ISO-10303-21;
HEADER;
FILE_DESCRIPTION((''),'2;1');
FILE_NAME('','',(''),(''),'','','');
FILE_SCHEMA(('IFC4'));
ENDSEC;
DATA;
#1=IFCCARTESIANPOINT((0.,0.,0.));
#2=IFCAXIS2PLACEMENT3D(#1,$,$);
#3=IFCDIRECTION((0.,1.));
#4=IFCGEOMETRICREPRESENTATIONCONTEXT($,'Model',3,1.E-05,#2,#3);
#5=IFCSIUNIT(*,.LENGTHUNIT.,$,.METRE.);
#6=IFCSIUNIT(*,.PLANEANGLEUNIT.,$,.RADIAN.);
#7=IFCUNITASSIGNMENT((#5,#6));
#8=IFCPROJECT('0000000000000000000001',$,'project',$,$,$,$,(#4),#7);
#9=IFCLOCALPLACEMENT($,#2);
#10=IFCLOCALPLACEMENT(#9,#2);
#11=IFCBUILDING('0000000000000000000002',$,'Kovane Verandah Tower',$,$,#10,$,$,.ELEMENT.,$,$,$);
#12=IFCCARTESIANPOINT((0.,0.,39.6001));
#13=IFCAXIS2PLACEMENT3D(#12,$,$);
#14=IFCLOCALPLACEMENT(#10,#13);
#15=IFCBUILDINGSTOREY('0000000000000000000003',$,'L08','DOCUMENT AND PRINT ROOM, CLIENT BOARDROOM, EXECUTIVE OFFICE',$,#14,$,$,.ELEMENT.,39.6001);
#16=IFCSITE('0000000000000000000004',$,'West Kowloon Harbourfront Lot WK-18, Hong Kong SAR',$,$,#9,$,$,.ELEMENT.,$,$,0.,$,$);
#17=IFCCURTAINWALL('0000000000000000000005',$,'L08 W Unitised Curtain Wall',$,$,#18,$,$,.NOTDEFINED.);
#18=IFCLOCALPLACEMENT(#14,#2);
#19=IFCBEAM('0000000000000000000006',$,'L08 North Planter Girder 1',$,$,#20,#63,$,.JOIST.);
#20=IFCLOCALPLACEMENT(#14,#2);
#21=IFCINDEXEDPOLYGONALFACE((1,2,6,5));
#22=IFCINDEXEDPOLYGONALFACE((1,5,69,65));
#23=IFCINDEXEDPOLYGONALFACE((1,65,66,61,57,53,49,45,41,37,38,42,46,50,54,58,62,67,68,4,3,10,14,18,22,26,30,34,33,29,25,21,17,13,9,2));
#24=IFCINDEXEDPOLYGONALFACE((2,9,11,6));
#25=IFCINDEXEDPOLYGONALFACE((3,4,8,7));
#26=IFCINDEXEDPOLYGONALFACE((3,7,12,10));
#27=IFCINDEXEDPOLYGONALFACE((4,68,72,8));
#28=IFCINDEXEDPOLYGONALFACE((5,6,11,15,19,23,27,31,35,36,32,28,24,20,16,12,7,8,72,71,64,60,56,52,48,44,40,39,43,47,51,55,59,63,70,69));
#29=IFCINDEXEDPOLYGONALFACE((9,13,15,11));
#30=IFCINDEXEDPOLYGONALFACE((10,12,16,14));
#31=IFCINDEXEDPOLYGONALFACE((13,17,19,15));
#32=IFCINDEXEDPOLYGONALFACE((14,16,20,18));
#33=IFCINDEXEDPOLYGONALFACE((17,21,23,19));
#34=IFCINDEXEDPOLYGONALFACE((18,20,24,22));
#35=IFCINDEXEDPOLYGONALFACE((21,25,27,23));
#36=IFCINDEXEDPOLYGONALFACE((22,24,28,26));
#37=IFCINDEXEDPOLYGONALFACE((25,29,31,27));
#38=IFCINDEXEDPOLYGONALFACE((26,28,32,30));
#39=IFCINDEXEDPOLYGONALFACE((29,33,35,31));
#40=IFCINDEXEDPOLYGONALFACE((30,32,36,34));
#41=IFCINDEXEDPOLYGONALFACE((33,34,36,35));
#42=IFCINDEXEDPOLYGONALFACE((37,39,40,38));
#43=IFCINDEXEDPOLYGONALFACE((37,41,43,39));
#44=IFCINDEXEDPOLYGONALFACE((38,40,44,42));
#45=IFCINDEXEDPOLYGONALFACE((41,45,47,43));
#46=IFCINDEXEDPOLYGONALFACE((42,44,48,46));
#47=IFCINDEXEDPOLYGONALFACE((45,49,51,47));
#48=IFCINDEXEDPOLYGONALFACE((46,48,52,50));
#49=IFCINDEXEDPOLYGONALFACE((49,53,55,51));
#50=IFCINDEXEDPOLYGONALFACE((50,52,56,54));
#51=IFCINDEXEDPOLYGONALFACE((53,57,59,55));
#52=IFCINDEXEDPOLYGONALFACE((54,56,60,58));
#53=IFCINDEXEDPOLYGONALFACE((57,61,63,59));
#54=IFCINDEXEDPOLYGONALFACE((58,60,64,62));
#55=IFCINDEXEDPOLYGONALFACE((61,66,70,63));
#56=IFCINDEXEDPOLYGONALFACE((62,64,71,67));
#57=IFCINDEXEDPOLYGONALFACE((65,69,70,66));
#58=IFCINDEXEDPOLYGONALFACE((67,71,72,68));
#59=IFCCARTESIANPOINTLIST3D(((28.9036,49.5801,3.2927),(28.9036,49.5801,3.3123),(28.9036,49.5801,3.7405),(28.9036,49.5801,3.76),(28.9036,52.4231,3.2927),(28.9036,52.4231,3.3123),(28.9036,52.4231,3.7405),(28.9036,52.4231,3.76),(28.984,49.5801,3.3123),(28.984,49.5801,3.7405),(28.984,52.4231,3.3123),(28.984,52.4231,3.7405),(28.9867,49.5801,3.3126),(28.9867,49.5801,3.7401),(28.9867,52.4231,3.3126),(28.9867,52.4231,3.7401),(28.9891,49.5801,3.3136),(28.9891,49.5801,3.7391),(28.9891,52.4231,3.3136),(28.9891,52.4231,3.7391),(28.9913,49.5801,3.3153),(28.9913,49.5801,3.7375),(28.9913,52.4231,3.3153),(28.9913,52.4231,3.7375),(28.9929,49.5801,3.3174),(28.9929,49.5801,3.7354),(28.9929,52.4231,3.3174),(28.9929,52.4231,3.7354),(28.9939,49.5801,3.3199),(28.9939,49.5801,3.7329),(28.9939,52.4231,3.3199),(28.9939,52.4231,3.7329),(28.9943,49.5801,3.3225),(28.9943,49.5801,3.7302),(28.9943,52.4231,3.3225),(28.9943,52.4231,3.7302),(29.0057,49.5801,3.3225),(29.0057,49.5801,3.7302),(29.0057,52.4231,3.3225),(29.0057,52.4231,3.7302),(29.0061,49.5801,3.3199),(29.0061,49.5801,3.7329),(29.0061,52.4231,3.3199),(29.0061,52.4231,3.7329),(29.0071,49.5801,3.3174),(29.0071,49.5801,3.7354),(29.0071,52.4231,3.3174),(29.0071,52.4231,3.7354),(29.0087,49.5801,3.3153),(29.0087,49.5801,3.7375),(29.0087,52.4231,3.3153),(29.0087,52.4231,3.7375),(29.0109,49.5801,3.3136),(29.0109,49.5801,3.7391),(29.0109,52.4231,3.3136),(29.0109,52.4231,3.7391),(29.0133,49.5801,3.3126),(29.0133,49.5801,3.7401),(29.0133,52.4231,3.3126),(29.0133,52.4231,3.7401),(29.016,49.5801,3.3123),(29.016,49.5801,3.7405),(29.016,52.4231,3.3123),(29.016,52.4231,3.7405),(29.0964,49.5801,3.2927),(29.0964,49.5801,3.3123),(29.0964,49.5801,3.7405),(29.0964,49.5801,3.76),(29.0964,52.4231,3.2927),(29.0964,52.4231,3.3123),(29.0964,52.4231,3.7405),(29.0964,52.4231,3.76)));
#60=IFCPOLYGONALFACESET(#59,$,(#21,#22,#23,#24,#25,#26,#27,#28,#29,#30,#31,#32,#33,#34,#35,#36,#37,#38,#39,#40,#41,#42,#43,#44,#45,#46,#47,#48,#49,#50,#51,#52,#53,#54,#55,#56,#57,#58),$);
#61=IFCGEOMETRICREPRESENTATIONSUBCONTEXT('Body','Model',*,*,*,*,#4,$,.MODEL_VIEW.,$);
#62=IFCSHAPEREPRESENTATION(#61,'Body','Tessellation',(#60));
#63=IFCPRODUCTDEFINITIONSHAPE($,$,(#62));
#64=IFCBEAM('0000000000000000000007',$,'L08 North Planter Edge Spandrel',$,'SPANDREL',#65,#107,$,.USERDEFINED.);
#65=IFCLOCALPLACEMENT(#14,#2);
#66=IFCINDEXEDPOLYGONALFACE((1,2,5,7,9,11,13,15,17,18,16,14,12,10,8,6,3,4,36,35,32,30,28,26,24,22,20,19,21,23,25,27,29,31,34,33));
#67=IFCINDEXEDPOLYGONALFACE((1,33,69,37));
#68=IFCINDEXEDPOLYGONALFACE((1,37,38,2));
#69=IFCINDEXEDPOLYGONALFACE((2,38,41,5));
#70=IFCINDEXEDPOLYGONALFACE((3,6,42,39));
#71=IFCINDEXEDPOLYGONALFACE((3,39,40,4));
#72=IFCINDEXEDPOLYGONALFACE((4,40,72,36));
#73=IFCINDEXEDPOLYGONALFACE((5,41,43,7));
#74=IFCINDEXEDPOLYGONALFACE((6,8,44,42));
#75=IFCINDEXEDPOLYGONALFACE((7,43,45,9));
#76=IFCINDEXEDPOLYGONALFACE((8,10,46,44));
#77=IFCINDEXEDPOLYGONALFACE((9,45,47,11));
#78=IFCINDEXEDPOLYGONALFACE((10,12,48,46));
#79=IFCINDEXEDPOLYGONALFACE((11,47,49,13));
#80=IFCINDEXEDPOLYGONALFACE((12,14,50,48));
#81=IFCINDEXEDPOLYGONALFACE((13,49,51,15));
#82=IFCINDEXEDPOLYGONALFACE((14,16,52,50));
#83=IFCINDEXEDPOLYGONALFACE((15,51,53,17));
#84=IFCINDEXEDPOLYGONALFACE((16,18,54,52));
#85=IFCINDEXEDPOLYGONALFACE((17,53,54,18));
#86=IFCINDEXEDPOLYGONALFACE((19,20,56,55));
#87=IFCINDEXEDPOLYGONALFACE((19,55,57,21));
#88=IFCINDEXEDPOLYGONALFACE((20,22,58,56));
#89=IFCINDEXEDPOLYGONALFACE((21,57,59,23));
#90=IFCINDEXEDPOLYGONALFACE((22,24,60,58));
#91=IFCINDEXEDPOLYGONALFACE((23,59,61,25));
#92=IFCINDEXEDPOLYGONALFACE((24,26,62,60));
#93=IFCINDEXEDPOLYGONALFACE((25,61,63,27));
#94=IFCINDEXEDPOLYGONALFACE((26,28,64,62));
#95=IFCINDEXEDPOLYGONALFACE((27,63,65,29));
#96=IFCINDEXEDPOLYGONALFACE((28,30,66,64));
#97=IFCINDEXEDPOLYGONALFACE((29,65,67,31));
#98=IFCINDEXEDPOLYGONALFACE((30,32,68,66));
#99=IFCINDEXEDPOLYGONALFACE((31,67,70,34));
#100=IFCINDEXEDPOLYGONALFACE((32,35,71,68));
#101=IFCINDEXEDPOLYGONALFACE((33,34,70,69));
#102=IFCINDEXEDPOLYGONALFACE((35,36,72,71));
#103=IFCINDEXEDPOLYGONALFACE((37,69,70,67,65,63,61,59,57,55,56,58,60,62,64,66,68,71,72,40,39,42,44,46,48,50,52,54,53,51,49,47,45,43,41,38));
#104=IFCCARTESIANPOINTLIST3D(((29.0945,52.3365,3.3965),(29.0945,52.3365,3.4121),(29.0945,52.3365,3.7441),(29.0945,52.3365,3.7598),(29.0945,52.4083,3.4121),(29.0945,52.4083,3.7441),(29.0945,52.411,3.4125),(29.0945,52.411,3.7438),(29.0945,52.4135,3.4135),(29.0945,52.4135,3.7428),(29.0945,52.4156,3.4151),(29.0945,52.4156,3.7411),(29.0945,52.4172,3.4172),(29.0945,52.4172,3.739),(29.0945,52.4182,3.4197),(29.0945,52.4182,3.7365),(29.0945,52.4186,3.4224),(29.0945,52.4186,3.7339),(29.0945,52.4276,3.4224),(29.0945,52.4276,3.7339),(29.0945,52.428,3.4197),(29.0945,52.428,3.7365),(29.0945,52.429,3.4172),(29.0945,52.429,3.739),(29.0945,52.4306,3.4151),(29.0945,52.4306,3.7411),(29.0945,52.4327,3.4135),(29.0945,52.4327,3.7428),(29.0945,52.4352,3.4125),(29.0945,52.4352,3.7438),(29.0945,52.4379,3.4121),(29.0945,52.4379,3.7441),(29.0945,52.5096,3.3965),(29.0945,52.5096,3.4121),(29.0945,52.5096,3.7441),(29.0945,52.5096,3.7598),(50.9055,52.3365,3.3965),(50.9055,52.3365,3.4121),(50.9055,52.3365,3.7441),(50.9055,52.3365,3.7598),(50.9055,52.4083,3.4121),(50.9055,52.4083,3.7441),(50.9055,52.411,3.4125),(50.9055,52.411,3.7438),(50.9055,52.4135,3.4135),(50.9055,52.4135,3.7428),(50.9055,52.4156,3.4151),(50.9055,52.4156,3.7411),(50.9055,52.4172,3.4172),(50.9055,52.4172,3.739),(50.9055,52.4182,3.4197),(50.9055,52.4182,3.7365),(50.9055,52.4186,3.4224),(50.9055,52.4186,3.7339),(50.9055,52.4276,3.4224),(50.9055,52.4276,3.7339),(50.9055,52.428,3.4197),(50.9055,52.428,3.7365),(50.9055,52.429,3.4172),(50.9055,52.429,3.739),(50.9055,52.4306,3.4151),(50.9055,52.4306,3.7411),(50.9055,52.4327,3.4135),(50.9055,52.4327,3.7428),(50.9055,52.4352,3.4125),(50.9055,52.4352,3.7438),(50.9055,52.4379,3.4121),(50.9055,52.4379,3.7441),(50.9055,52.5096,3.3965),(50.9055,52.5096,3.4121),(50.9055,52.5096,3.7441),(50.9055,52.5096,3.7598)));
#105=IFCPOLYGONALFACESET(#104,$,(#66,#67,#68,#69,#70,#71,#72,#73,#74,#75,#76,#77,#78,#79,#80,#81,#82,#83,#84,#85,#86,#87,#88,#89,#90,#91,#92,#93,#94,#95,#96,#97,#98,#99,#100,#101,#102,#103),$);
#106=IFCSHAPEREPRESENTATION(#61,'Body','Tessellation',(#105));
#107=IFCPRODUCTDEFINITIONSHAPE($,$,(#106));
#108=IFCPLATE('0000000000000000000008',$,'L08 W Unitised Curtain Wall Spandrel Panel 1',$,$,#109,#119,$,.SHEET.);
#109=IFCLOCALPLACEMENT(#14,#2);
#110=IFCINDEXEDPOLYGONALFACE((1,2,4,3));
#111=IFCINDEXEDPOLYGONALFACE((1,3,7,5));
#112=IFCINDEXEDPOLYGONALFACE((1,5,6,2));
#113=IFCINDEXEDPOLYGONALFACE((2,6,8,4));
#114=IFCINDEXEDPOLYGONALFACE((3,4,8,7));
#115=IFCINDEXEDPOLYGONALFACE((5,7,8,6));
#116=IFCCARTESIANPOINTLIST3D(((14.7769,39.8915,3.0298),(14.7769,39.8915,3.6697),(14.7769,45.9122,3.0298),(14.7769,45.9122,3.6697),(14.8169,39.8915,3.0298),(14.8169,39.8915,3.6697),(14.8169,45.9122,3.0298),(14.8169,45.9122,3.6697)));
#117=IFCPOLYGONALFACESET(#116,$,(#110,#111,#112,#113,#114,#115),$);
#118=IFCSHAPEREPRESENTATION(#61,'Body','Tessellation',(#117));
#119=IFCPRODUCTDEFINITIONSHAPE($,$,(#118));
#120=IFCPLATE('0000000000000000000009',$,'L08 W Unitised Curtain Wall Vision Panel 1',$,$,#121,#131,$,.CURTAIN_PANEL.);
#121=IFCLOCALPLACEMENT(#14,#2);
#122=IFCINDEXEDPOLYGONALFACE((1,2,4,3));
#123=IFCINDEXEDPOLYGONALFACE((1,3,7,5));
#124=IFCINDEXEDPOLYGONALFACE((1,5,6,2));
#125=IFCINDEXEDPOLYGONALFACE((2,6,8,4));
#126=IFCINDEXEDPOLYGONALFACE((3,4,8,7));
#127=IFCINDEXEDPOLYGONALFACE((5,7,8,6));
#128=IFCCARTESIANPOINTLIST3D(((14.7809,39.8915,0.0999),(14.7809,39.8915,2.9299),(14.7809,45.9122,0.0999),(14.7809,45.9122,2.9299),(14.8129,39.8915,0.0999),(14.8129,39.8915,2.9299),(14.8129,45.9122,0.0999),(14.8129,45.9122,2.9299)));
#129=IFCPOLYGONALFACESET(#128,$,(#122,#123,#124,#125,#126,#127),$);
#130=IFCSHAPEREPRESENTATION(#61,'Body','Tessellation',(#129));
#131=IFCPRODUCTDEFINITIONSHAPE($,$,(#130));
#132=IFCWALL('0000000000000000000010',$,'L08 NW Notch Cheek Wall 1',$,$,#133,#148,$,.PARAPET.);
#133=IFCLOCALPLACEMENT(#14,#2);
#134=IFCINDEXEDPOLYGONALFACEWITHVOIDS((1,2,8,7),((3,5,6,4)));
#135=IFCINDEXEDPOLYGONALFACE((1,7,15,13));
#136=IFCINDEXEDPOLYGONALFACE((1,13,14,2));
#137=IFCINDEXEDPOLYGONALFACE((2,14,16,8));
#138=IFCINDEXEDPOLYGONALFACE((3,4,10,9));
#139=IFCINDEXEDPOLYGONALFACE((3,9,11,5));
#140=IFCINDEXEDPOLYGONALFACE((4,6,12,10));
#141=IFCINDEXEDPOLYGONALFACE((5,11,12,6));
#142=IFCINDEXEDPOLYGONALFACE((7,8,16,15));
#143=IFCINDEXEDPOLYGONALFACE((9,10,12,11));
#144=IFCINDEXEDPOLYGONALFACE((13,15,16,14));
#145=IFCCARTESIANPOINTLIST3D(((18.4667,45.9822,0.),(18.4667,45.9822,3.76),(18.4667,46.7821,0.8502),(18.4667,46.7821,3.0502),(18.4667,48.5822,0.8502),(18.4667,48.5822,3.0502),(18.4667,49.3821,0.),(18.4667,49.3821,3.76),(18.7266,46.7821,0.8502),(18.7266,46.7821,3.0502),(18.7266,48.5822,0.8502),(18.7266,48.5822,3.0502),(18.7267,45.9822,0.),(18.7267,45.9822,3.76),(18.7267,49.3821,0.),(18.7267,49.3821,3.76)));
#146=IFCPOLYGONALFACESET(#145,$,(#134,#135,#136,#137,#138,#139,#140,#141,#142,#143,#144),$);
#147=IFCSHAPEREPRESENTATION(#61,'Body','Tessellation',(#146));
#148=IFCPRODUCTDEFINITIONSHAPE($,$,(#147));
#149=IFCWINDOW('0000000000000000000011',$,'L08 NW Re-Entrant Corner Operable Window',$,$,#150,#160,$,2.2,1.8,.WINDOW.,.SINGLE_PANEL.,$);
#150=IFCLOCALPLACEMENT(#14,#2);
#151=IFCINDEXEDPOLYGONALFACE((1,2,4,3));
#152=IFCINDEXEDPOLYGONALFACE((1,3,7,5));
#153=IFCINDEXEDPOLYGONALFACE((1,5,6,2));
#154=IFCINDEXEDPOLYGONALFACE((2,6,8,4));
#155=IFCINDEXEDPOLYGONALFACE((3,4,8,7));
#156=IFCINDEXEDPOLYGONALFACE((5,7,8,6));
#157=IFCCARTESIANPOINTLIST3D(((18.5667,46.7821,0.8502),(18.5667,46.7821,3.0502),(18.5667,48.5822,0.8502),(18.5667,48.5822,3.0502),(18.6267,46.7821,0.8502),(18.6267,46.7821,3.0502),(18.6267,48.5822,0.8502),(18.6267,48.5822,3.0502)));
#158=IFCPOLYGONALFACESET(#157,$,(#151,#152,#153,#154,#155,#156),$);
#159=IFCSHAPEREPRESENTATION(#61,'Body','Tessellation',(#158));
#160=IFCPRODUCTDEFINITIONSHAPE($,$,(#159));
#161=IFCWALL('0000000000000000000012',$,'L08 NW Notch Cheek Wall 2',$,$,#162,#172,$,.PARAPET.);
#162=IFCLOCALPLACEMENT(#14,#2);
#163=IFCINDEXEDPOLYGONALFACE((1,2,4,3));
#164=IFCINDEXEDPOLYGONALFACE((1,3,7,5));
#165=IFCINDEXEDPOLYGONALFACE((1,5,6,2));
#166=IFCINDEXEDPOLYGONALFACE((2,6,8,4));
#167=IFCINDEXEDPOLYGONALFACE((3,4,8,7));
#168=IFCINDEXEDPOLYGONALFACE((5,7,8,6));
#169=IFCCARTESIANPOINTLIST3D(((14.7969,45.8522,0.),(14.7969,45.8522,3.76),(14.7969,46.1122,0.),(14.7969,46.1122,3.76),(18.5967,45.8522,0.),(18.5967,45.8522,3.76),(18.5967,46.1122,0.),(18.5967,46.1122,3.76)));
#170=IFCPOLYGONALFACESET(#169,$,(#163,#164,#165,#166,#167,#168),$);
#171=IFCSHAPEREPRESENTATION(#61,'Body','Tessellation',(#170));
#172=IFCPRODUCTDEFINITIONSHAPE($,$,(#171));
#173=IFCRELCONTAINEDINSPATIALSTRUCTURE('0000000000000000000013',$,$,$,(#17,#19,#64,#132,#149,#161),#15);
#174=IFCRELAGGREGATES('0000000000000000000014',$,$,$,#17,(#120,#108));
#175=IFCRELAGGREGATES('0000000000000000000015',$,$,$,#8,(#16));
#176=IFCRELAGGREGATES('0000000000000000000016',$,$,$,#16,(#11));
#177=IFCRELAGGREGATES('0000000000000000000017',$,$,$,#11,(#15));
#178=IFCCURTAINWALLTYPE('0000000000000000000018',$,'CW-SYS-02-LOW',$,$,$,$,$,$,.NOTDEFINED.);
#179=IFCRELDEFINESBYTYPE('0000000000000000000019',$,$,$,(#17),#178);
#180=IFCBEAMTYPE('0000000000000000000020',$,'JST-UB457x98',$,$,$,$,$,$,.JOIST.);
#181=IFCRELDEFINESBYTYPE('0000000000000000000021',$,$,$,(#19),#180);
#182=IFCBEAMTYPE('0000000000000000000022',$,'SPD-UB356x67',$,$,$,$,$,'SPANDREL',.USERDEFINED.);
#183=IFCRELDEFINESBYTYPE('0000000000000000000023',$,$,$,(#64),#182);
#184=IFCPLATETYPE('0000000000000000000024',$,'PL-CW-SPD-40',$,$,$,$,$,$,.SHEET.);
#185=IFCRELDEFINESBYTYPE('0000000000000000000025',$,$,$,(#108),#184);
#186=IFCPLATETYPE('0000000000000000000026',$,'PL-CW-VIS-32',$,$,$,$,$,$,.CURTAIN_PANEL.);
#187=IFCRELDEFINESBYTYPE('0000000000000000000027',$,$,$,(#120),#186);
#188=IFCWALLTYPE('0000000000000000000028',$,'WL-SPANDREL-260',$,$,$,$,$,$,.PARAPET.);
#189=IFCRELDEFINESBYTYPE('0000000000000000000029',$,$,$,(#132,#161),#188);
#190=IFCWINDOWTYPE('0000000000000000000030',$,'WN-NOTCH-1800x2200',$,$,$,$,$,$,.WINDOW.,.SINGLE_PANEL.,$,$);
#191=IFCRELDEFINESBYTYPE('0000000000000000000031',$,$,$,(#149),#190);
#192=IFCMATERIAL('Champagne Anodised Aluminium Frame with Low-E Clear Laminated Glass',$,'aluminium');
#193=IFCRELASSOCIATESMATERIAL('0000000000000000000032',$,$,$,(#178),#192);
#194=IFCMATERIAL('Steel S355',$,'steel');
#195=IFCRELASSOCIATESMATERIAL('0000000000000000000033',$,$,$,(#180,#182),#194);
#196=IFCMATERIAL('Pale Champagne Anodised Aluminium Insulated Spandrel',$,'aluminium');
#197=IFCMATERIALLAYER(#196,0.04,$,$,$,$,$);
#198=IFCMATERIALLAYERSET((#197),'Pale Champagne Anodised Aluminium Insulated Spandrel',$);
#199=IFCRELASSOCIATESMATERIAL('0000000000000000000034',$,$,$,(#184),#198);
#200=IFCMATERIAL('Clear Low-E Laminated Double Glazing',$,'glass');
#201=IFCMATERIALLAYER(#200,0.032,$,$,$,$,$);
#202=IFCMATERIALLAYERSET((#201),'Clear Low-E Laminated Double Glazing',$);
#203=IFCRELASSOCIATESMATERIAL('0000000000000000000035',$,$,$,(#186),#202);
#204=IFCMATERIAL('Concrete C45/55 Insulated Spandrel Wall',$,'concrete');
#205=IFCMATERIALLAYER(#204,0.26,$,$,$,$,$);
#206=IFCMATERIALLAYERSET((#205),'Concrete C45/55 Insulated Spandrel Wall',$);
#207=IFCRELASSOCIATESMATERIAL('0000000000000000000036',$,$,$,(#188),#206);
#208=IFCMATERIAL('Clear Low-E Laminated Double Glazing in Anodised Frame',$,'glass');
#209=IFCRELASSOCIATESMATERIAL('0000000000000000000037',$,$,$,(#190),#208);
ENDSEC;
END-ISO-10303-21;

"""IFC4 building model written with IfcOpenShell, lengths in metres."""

from ifc_helpers import new_model, si_unit, direction, frame, frame_2d, origin, origin_2d, place, context, subcontext, project, spatial, rectangle, i_section, extrude, material, layer, layer_set, material_profile, profile_set, type_object, element, fill, aggregate, save


model = new_model("IFC4")

# Units and contexts
model_context = context("Model", 3, precision=1e-05, world=origin(), true_north=direction((0.0, 1.0)))
body_context = subcontext(model_context, "Body", "Model", "MODEL_VIEW")
ifc_project = project(units=[si_unit("LENGTHUNIT", "METRE"), si_unit("PLANEANGLEUNIT", "RADIAN")], contexts=[model_context])

# Site, building, storey
site_placement = place(None, origin())
site = spatial("IfcSite", under=ifc_project, at=site_placement, Name="West Kowloon Harbourfront Lot WK-18, Hong Kong SAR", CompositionType="ELEMENT", RefElevation=0.0)
building_placement = place(site_placement, origin())
building = spatial("IfcBuilding", under=site, at=building_placement, Name="Kovane Verandah Tower", CompositionType="ELEMENT")
storey_placement = place(building_placement, frame((0.0, 0.0, 39.6001)))
storey = spatial("IfcBuildingStorey", under=building, at=storey_placement, Name="L08", Description="DOCUMENT AND PRINT ROOM, CLIENT BOARDROOM, EXECUTIVE OFFICE", CompositionType="ELEMENT", Elevation=39.6001)

# Shared definitions
ifc_material_1 = material(Name="Steel S355", Category="steel")

# Curtain wall
ifc_material_2 = material(Name="Champagne Anodised Aluminium Frame with Low-E Clear Laminated Glass", Category="aluminium")
curtain_wall_type = type_object("IfcCurtainWallType", Name="CW-SYS-02-LOW", PredefinedType="NOTDEFINED", material=ifc_material_2)
curtain_wall_placement = place(storey_placement, origin())
curtain_wall = element("IfcCurtainWall", 1, at=curtain_wall_placement, inside=storey, type_object=curtain_wall_type, Name="L08 W Unitised Curtain Wall", PredefinedType="NOTDEFINED")

# Beams
ifc_material_profile_1 = material_profile(ifc_material_1, i_section(OverallWidth=0.1929, OverallDepth=0.4673, WebThickness=0.0115, FlangeThickness=0.0195, FilletRadius=0.0103, at=origin_2d()), Name="UB457x191x98")
ifc_profile_set_1 = profile_set([ifc_material_profile_1], Name="Steel S355")
beam_type_1 = type_object("IfcBeamType", Name="JST-UB457x98", PredefinedType="JOIST", material=ifc_profile_set_1)
beam_1_placement = place(storey_placement, frame((29.0, 49.5801, 3.5264), z_axis=(0.0, 1.0, 0.0), x_axis=(-1.0, 0.0, 0.0)))
element("IfcBeam", 2, at=beam_1_placement, inside=storey, type_object=beam_type_1, Name="L08 North Planter Girder 1", PredefinedType="JOIST", context=body_context, shape_type="SweptSolid", body=[
    extrude(i_section(OverallWidth=0.1929, OverallDepth=0.4673, WebThickness=0.0115, FlangeThickness=0.0195, FilletRadius=0.0103, at=origin_2d()), origin(), (0.0, 0.0, 1.0), 2.843),
])
ifc_material_profile_2 = material_profile(ifc_material_1, i_section(OverallWidth=0.1731, OverallDepth=0.3633, WebThickness=0.009, FlangeThickness=0.0156, FilletRadius=0.0103, at=origin_2d()), Name="UB356x171x67")
ifc_profile_set_2 = profile_set([ifc_material_profile_2], Name="Steel S355")
beam_type_2 = type_object("IfcBeamType", Name="SPD-UB356x67", ElementType="SPANDREL", PredefinedType="USERDEFINED", material=ifc_profile_set_2)
beam_2_placement = place(storey_placement, frame((29.0945, 52.4231, 3.5781), z_axis=(1.0, 0.0, 0.0), x_axis=(0.0, 1.0, 0.0)))
element("IfcBeam", 3, at=beam_2_placement, inside=storey, type_object=beam_type_2, Name="L08 North Planter Edge Spandrel", ObjectType="SPANDREL", PredefinedType="USERDEFINED", context=body_context, shape_type="SweptSolid", body=[
    extrude(i_section(OverallWidth=0.1731, OverallDepth=0.3633, WebThickness=0.009, FlangeThickness=0.0156, FilletRadius=0.0103, at=origin_2d()), origin(), (0.0, 0.0, 1.0), 21.811),
])

# Plates
ifc_material_3 = material(Name="Pale Champagne Anodised Aluminium Insulated Spandrel", Category="aluminium")
ifc_layer_1 = layer(ifc_material_3, 0.04)
ifc_layer_set_1 = layer_set([ifc_layer_1], Name="Pale Champagne Anodised Aluminium Insulated Spandrel")
plate_type_1 = type_object("IfcPlateType", Name="PL-CW-SPD-40", PredefinedType="SHEET", material=ifc_layer_set_1)
plate_1_placement = place(storey_placement, frame((14.7969, 42.9019, 3.0298), z_axis=(0.0, 0.0, 1.0), x_axis=(0.0, -1.0, 0.0)))
plate_1 = element("IfcPlate", 4, at=plate_1_placement, type_object=plate_type_1, Name="L08 W Unitised Curtain Wall Spandrel Panel 1", PredefinedType="SHEET", context=body_context, shape_type="SweptSolid", body=[
    extrude(rectangle(XDim=6.0208, YDim=0.04, at=origin_2d()), origin(), (0.0, 0.0, 1.0), 0.6399),
])
ifc_material_4 = material(Name="Clear Low-E Laminated Double Glazing", Category="glass")
ifc_layer_2 = layer(ifc_material_4, 0.032)
ifc_layer_set_2 = layer_set([ifc_layer_2], Name="Clear Low-E Laminated Double Glazing")
plate_type_2 = type_object("IfcPlateType", Name="PL-CW-VIS-32", PredefinedType="CURTAIN_PANEL", material=ifc_layer_set_2)
plate_2_placement = place(storey_placement, frame((14.7969, 42.9019, 0.0999), z_axis=(0.0, 0.0, 1.0), x_axis=(0.0, -1.0, 0.0)))
plate_2 = element("IfcPlate", 5, at=plate_2_placement, type_object=plate_type_2, Name="L08 W Unitised Curtain Wall Vision Panel 1", PredefinedType="CURTAIN_PANEL", context=body_context, shape_type="SweptSolid", body=[
    extrude(rectangle(XDim=6.0208, YDim=0.032, at=origin_2d()), origin(), (0.0, 0.0, 1.0), 2.8301),
])
aggregate(curtain_wall, [plate_2, plate_1])

# Wall, opening, window
ifc_material_5 = material(Name="Concrete C45/55 Insulated Spandrel Wall", Category="concrete")
ifc_layer_3 = layer(ifc_material_5, 0.26)
ifc_layer_set_3 = layer_set([ifc_layer_3], Name="Concrete C45/55 Insulated Spandrel Wall")
wall_type = type_object("IfcWallType", Name="WL-SPANDREL-260", PredefinedType="PARAPET", material=ifc_layer_set_3)
wall_1_placement = place(storey_placement, frame((18.5967, 49.3821, 0.0), z_axis=(0.0, 0.0, 1.0), x_axis=(0.0, -1.0, 0.0)))
wall_1 = element("IfcWall", 6, at=wall_1_placement, inside=storey, type_object=wall_type, Name="L08 NW Notch Cheek Wall 1", PredefinedType="PARAPET", context=body_context, shape_type="SweptSolid", body=[
    extrude(rectangle(XDim=3.3999, YDim=0.26, at=frame_2d((1.7, 0.0))), origin(), (0.0, 0.0, 1.0), 3.76),
])
opening_placement = place(wall_1_placement, frame((0.8, 0.0, 0.8501)))
opening = element("IfcOpeningElement", 7, at=opening_placement, cuts=wall_1, PredefinedType="OPENING", context=body_context, shape_type="SweptSolid", body=[
    extrude(rectangle(XDim=1.8, YDim=2.2, at=frame_2d((0.8999, 1.1001))), frame((0.0, 0.1299, 0.0), z_axis=(0.0, -1.0, 0.0), x_axis=(1.0, 0.0, 0.0)), (0.0, 0.0, 1.0), 0.26),
])
ifc_material_6 = material(Name="Clear Low-E Laminated Double Glazing in Anodised Frame", Category="glass")
window_type = type_object("IfcWindowType", Name="WN-NOTCH-1800x2200", PartitioningType="SINGLE_PANEL", PredefinedType="WINDOW", material=ifc_material_6)
window_placement = place(opening_placement, origin())
window = element("IfcWindow", 8, at=window_placement, inside=storey, type_object=window_type, Name="L08 NW Re-Entrant Corner Operable Window", OverallHeight=2.2, OverallWidth=1.8, PartitioningType="SINGLE_PANEL", PredefinedType="WINDOW", context=body_context, shape_type="SweptSolid", body=[
    extrude(rectangle(XDim=1.8, YDim=2.2, at=frame_2d((0.8999, 1.1001))), frame((0.0, 0.03, 0.0), z_axis=(0.0, -1.0, 0.0), x_axis=(1.0, 0.0, 0.0)), (0.0, 0.0, 1.0), 0.0601),
])
fill(opening, window)

# Wall
wall_2_placement = place(storey_placement, frame((18.5967, 45.9822, 0.0), z_axis=(0.0, 0.0, 1.0), x_axis=(-1.0, 0.0, 0.0)))
element("IfcWall", 9, at=wall_2_placement, inside=storey, type_object=wall_type, Name="L08 NW Notch Cheek Wall 2", PredefinedType="PARAPET", context=body_context, shape_type="SweptSolid", body=[
    extrude(rectangle(XDim=3.7998, YDim=0.26, at=frame_2d((1.8999, 0.0))), origin(), (0.0, 0.0, 1.0), 3.76),
])

save(model, "model.ifc")
